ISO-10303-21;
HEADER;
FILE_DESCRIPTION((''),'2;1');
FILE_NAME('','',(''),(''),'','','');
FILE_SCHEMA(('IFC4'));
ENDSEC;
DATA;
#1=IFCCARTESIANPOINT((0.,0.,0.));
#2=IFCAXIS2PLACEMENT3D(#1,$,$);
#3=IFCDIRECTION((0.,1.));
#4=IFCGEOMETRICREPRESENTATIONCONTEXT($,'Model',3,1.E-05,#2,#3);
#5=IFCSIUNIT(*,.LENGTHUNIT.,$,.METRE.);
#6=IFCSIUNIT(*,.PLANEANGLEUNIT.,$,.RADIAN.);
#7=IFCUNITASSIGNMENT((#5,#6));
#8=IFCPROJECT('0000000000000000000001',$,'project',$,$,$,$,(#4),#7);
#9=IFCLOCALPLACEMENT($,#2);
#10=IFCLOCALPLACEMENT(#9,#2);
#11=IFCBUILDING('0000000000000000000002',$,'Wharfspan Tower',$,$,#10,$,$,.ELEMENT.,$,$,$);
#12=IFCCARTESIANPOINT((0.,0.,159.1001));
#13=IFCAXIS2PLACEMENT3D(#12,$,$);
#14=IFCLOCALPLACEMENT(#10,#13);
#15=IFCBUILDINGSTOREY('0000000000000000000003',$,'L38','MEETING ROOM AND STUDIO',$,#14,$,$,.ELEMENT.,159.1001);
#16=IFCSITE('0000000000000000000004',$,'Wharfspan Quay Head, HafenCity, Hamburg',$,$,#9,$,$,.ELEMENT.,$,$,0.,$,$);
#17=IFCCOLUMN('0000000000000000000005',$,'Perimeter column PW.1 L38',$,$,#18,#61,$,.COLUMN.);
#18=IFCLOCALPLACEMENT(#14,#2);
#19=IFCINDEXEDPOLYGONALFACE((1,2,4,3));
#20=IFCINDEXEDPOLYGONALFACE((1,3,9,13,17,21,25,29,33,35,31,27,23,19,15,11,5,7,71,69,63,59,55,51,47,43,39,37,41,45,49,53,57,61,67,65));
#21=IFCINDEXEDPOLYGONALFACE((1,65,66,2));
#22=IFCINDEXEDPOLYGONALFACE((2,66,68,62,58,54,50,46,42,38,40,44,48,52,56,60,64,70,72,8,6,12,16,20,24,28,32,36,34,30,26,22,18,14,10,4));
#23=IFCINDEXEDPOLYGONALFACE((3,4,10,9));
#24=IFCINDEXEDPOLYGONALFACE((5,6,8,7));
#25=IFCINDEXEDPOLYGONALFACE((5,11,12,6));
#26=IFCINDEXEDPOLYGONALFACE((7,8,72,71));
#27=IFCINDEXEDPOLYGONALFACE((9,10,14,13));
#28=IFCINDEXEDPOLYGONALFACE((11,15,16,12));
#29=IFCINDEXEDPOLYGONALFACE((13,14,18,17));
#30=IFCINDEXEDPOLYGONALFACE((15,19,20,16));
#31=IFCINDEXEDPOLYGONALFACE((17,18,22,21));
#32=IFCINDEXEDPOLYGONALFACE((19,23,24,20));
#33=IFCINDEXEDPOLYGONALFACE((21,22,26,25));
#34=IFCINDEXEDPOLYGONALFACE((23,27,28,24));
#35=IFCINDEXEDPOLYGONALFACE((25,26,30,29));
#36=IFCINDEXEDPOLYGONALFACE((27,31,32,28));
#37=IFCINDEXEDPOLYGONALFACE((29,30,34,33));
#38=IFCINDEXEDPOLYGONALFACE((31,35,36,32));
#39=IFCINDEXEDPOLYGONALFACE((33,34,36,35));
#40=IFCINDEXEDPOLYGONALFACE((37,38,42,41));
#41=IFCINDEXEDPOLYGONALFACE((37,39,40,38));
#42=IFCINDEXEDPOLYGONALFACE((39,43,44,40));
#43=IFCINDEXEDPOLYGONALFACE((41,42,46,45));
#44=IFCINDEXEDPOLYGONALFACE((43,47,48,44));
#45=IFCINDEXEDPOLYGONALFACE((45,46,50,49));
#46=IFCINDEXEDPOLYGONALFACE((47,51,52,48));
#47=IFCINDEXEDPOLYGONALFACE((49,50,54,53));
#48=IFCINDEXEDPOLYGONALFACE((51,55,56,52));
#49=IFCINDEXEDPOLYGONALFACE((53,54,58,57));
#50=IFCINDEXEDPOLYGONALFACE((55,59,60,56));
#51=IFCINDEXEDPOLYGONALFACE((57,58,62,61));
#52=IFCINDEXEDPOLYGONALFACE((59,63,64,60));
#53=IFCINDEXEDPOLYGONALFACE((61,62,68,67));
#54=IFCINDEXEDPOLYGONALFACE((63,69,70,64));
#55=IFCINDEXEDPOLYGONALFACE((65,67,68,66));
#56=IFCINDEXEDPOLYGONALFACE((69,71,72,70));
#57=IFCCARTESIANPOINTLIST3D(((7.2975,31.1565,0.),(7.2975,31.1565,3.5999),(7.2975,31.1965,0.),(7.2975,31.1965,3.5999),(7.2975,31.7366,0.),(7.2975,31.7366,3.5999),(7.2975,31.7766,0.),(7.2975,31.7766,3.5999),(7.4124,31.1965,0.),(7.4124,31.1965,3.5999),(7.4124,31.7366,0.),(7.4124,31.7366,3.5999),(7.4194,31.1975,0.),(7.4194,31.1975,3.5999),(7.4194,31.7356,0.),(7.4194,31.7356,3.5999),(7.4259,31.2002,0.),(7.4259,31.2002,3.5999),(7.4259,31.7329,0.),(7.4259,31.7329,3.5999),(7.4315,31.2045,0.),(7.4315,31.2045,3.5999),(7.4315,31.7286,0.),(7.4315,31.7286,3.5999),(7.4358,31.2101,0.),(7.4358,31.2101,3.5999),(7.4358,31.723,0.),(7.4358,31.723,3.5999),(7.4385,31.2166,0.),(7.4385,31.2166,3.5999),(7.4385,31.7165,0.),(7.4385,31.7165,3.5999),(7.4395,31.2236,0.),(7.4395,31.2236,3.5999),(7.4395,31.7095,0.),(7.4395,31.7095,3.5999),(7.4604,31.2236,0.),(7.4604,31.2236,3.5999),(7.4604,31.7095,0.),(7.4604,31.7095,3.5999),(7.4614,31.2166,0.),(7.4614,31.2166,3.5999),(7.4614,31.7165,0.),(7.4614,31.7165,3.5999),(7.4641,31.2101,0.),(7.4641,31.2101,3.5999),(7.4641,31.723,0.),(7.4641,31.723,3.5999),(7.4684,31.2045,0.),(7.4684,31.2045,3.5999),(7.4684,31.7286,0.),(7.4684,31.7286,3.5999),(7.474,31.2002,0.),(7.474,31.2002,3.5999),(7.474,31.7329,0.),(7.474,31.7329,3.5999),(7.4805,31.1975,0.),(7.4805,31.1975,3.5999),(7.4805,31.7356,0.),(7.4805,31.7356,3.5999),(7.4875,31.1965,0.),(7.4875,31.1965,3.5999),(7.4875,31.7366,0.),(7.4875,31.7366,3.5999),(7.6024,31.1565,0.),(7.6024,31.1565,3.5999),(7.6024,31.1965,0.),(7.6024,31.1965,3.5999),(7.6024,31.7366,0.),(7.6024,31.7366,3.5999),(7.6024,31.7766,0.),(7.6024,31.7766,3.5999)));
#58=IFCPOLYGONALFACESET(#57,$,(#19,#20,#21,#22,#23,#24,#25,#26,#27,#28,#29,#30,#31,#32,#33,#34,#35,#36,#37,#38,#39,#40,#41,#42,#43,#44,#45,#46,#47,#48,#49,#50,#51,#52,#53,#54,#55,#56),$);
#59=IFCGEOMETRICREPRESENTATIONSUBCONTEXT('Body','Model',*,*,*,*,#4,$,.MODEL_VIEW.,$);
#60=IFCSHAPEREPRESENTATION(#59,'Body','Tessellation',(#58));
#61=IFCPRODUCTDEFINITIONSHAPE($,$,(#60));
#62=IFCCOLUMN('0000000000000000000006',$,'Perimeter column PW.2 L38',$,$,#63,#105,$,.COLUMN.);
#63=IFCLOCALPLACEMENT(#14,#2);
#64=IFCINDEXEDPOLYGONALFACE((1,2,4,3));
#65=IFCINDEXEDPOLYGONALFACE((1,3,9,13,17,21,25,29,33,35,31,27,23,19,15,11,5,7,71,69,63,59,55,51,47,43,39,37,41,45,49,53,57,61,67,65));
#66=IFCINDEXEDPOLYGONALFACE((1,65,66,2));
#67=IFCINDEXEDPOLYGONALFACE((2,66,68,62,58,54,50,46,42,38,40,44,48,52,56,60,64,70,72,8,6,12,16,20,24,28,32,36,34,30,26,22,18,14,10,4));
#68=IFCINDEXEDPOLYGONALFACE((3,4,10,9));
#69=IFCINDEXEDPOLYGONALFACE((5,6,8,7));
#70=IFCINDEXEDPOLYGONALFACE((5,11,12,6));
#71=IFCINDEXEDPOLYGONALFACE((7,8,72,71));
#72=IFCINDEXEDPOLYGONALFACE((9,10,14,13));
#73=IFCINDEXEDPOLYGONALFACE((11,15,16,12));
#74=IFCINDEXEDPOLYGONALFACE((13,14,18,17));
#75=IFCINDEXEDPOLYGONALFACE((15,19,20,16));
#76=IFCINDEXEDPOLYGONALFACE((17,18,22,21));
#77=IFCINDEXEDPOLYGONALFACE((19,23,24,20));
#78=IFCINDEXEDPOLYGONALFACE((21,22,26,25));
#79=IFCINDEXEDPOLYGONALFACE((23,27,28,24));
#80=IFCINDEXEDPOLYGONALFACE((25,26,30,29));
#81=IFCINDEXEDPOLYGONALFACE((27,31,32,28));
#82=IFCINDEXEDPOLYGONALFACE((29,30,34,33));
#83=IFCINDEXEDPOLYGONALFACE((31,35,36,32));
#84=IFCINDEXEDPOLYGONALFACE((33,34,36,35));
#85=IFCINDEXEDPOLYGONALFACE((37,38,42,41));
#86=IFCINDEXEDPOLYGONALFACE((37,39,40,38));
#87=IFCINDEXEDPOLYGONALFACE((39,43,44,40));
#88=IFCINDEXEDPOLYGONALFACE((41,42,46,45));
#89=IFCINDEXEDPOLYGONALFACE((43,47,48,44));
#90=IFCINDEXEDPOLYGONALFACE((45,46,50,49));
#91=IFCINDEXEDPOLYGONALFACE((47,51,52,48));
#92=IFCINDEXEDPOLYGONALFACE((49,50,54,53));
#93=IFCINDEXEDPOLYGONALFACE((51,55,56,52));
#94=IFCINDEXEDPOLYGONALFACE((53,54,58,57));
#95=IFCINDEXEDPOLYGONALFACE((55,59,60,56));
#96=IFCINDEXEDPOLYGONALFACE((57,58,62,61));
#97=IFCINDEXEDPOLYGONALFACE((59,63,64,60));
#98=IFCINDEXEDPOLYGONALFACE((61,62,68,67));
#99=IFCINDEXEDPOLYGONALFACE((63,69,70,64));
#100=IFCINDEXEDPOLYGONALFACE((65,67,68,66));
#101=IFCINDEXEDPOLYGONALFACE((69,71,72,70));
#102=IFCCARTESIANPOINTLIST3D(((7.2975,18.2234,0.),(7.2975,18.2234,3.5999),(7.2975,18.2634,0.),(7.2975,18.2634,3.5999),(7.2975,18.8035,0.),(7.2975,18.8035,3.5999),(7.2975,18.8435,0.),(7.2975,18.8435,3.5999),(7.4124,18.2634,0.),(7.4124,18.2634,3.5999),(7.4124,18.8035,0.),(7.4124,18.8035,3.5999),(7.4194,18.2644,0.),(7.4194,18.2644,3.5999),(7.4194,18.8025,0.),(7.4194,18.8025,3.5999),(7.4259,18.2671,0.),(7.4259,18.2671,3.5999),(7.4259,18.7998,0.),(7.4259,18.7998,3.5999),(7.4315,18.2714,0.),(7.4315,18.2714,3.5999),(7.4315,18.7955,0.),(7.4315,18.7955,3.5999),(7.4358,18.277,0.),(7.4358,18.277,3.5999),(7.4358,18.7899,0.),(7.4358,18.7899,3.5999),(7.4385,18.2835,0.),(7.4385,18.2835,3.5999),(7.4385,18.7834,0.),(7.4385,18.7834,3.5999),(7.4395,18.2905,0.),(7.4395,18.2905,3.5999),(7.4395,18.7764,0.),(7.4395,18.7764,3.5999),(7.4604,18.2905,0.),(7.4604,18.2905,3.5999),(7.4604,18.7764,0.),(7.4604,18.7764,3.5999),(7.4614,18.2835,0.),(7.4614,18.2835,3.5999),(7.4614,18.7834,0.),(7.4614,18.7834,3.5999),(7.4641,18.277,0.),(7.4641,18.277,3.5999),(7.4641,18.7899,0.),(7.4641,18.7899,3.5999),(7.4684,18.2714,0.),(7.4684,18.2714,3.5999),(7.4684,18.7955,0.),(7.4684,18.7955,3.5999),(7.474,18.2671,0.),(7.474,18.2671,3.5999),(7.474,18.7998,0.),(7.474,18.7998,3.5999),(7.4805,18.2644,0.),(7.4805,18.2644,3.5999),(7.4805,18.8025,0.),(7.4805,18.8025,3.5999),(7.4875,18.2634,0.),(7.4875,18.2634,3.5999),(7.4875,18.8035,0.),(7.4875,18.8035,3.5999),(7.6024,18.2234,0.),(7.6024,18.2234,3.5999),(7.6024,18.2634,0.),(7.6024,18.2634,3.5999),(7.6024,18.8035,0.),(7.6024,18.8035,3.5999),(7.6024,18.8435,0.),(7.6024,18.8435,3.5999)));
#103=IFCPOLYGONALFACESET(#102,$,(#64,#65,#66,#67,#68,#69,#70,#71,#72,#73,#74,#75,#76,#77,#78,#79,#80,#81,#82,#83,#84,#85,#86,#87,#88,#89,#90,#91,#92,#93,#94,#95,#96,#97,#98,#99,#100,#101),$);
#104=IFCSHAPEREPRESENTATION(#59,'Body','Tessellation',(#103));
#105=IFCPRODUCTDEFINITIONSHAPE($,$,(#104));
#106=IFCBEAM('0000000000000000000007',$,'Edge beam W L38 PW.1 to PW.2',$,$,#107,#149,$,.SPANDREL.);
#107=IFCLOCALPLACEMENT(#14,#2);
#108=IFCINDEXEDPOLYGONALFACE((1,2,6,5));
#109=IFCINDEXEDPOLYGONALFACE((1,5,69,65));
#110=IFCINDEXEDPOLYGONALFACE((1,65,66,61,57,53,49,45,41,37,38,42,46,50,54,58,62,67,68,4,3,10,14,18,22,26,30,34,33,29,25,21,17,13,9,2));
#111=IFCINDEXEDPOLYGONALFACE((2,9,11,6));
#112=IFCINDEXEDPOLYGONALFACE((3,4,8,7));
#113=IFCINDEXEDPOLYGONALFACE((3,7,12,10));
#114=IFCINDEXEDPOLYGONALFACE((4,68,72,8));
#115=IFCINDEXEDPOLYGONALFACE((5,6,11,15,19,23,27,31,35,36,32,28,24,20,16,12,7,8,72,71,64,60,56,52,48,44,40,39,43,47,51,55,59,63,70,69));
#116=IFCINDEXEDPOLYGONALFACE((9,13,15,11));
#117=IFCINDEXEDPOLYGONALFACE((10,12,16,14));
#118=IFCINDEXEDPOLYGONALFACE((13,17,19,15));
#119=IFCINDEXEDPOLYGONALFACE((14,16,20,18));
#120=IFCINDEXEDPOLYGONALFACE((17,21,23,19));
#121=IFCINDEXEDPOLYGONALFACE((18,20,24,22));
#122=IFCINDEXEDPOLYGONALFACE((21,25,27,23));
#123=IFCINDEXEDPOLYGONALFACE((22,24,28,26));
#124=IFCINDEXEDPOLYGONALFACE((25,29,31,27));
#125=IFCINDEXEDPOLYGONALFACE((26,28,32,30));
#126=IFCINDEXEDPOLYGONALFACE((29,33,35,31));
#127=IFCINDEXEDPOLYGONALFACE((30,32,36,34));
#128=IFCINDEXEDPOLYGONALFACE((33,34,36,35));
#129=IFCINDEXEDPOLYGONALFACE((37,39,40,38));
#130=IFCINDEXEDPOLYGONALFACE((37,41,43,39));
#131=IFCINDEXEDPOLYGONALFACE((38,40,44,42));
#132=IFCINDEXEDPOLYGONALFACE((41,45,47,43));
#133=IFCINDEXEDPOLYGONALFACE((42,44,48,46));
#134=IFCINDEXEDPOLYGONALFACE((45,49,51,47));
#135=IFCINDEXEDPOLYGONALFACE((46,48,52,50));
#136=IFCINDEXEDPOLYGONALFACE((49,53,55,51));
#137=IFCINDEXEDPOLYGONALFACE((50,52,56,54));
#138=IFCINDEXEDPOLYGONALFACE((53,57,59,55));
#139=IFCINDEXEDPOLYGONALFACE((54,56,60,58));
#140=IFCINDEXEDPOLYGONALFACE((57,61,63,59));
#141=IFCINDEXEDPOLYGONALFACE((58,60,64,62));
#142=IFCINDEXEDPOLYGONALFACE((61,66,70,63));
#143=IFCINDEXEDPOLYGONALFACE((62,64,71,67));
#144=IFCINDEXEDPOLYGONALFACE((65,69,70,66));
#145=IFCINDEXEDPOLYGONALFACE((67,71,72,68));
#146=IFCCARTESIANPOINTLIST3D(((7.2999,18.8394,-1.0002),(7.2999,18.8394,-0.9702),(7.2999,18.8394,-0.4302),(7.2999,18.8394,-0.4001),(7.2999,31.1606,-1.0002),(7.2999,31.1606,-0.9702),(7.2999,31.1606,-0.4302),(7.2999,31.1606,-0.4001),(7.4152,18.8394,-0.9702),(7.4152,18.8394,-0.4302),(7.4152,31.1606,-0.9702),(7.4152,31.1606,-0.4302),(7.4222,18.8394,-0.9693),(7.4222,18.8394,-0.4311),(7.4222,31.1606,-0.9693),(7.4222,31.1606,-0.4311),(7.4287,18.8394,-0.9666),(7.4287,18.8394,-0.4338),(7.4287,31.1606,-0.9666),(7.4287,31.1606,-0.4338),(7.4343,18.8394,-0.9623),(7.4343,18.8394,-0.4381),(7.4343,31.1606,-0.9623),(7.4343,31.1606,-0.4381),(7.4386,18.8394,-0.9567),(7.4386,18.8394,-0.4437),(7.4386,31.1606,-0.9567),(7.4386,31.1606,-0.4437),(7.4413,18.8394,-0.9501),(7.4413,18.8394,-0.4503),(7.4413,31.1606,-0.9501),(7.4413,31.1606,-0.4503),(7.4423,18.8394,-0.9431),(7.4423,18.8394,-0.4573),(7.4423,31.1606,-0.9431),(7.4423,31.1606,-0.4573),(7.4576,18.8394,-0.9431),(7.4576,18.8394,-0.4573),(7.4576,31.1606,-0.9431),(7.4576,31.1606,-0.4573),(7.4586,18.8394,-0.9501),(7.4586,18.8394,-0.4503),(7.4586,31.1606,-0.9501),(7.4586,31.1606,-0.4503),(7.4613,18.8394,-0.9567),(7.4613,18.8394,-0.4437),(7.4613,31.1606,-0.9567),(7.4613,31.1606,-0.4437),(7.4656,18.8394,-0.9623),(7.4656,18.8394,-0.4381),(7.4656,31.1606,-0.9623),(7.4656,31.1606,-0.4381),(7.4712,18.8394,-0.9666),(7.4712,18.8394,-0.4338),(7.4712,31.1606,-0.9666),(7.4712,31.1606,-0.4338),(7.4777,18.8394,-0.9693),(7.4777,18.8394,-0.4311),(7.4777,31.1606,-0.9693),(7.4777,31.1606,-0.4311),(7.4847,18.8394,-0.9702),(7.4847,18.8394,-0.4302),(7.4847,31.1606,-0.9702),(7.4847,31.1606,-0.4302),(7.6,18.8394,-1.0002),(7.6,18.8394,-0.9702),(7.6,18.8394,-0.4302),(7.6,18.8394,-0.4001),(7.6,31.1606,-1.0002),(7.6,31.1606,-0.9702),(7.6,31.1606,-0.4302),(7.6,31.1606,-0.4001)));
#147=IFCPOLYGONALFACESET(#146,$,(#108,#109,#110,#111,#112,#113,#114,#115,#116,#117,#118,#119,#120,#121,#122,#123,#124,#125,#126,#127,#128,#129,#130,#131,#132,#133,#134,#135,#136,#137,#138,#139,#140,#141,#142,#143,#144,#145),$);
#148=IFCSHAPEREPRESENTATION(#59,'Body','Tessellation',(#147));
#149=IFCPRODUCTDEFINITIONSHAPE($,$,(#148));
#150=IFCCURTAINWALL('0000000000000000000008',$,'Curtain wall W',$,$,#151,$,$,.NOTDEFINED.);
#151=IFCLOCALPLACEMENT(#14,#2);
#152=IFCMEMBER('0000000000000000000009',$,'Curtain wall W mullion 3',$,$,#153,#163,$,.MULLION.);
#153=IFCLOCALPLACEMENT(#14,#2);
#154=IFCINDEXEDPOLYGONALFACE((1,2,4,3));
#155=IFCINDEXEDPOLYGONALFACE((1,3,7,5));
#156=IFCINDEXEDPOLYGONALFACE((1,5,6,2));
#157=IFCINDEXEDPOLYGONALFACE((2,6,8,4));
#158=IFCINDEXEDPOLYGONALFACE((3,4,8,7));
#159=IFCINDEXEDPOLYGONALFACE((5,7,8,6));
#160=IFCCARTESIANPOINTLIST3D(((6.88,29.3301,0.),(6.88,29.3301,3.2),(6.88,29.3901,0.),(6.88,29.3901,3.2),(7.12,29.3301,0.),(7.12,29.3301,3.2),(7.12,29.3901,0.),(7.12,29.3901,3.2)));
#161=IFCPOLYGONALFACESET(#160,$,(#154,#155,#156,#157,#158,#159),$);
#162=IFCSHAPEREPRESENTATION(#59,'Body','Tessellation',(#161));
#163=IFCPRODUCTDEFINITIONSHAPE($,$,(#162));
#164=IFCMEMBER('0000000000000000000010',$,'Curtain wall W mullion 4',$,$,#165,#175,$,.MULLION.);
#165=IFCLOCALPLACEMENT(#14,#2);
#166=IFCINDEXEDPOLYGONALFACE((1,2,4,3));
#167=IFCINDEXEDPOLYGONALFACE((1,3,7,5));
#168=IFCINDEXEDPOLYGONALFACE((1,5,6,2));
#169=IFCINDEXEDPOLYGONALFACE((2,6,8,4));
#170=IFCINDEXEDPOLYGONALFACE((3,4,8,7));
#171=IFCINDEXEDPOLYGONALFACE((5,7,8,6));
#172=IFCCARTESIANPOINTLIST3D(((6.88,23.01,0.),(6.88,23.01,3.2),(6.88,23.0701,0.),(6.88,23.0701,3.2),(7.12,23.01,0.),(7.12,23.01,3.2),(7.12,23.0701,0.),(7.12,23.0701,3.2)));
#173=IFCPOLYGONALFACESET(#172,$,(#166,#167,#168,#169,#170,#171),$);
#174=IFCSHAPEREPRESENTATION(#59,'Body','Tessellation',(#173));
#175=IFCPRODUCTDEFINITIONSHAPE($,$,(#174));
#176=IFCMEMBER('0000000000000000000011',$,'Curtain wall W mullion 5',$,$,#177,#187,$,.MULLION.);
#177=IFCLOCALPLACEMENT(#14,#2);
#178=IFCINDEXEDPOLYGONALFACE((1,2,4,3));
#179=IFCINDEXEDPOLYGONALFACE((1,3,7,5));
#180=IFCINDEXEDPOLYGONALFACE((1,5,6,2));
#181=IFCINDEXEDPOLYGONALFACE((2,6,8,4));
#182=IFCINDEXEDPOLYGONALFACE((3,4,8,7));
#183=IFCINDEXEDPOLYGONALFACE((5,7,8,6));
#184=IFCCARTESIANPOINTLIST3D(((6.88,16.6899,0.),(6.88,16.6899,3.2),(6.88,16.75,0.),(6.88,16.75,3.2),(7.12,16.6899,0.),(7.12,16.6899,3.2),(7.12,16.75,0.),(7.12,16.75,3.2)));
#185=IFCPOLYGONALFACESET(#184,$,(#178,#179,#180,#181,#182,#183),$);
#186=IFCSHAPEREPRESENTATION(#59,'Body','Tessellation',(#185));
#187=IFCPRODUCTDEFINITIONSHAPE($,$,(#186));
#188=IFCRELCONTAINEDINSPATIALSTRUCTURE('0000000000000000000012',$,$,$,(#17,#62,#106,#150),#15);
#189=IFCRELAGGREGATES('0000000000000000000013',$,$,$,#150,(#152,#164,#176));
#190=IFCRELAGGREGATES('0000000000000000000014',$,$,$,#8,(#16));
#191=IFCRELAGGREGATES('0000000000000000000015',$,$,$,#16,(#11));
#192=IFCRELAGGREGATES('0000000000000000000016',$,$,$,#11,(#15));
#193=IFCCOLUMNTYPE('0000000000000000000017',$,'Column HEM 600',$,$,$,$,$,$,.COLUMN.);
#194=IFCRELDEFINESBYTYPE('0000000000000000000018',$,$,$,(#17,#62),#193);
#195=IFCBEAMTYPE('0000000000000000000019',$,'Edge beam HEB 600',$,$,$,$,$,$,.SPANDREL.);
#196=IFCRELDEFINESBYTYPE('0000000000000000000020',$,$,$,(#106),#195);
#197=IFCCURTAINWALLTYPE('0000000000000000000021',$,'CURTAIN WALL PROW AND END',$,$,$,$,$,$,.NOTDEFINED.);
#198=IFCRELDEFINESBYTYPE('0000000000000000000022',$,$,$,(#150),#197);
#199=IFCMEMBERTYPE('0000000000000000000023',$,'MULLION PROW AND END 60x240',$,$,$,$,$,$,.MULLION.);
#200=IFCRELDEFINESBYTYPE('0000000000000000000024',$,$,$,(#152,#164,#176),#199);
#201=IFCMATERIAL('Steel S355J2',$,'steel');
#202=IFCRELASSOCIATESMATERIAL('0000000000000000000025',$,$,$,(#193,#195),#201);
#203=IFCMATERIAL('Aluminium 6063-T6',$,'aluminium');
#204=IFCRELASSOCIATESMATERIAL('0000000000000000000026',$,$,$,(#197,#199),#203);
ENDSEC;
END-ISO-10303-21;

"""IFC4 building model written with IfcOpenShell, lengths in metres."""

from ifc_helpers import new_model, si_unit, direction, frame, origin, origin_2d, place, context, subcontext, project, spatial, rectangle, i_section, extrude, material, material_profile, profile_set, type_object, element, aggregate, save


model = new_model("IFC4")

# Units and contexts
model_context = context("Model", 3, precision=1e-05, world=origin(), true_north=direction((0.0, 1.0)))
body_context = subcontext(model_context, "Body", "Model", "MODEL_VIEW")
ifc_project = project(units=[si_unit("LENGTHUNIT", "METRE"), si_unit("PLANEANGLEUNIT", "RADIAN")], contexts=[model_context])

# Site, building, storey
site_placement = place(None, origin())
site = spatial("IfcSite", under=ifc_project, at=site_placement, Name="Wharfspan Quay Head, HafenCity, Hamburg", CompositionType="ELEMENT", RefElevation=0.0)
building_placement = place(site_placement, origin())
building = spatial("IfcBuilding", under=site, at=building_placement, Name="Wharfspan Tower", CompositionType="ELEMENT")
storey_placement = place(building_placement, frame((0.0, 0.0, 159.1001)))
storey = spatial("IfcBuildingStorey", under=building, at=storey_placement, Name="L38", Description="MEETING ROOM AND STUDIO", CompositionType="ELEMENT", Elevation=159.1001)

# Columns
ifc_material_1 = material(Name="Steel S355J2", Category="steel")
ifc_material_profile_1 = material_profile(ifc_material_1, i_section(OverallWidth=0.3049, OverallDepth=0.6201, WebThickness=0.021, FlangeThickness=0.04, FilletRadius=0.0271, at=origin_2d()))
ifc_profile_set_1 = profile_set([ifc_material_profile_1], Name="Steel S355J2")
column_type = type_object("IfcColumnType", Name="Column HEM 600", PredefinedType="COLUMN", material=ifc_profile_set_1)
for number, where, z_axis, x_axis, name in (
    (1, (7.45, 31.4666, 0.0), (0.0, 0.0, 1.0), (-1.0, 0.0, 0.0), "Perimeter column PW.1 L38"),
    (2, (7.45, 18.5334, 0.0), (0.0, 0.0, 1.0), (-1.0, 0.0, 0.0), "Perimeter column PW.2 L38"),
):
    element("IfcColumn", number, at=place(storey_placement, frame(where, z_axis=z_axis, x_axis=x_axis)), inside=storey, type_object=column_type, Name=name, PredefinedType="COLUMN", context=body_context, shape_type="SweptSolid", body=[
        extrude(i_section(OverallWidth=0.3049, OverallDepth=0.6201, WebThickness=0.021, FlangeThickness=0.04, FilletRadius=0.0271, at=origin_2d()), origin(), (0.0, 0.0, 1.0), 3.5999),
    ])

# Beam
ifc_material_profile_2 = material_profile(ifc_material_1, i_section(OverallWidth=0.3, OverallDepth=0.6001, WebThickness=0.0154, FlangeThickness=0.03, FilletRadius=0.0271, at=origin_2d()))
ifc_profile_set_2 = profile_set([ifc_material_profile_2], Name="Steel S355J2")
beam_type = type_object("IfcBeamType", Name="Edge beam HEB 600", PredefinedType="SPANDREL", material=ifc_profile_set_2)
beam_placement = place(storey_placement, frame((7.45, 31.1606, -0.7002), z_axis=(0.0, -1.0, 0.0), x_axis=(1.0, 0.0, 0.0)))
element("IfcBeam", 3, at=beam_placement, inside=storey, type_object=beam_type, Name="Edge beam W L38 PW.1 to PW.2", PredefinedType="SPANDREL", context=body_context, shape_type="SweptSolid", body=[
    extrude(i_section(OverallWidth=0.3, OverallDepth=0.6001, WebThickness=0.0154, FlangeThickness=0.03, FilletRadius=0.0271, at=origin_2d()), origin(), (0.0, 0.0, 1.0), 12.3213),
])

# Curtain wall, members
ifc_material_2 = material(Name="Aluminium 6063-T6", Category="aluminium")
curtain_wall_type = type_object("IfcCurtainWallType", Name="CURTAIN WALL PROW AND END", PredefinedType="NOTDEFINED", material=ifc_material_2)
curtain_wall_placement = place(storey_placement, origin())
curtain_wall = element("IfcCurtainWall", 4, at=curtain_wall_placement, inside=storey, type_object=curtain_wall_type, Name="Curtain wall W", PredefinedType="NOTDEFINED")
ifc_material_profile_3 = material_profile(ifc_material_2, rectangle(XDim=0.24, YDim=0.0601, at=origin_2d()))
ifc_profile_set_3 = profile_set([ifc_material_profile_3], Name="Aluminium 6063-T6")
member_type_1 = type_object("IfcMemberType", Name="MULLION PROW AND END 60x240", PredefinedType="MULLION", material=ifc_profile_set_3)
member_1_placement = place(storey_placement, frame((7.0, 29.3601, 0.0), z_axis=(0.0, 0.0, 1.0), x_axis=(1.0, 0.0, 0.0)))
member_1 = element("IfcMember", 5, at=member_1_placement, type_object=member_type_1, Name="Curtain wall W mullion 3", PredefinedType="MULLION", context=body_context, shape_type="SweptSolid", body=[
    extrude(rectangle(XDim=0.24, YDim=0.0601, at=origin_2d()), origin(), (0.0, 0.0, 1.0), 3.2),
])
member_2_placement = place(storey_placement, frame((7.0, 23.04, 0.0), z_axis=(0.0, 0.0, 1.0), x_axis=(1.0, 0.0, 0.0)))
member_2 = element("IfcMember", 6, at=member_2_placement, type_object=member_type_1, Name="Curtain wall W mullion 4", PredefinedType="MULLION", context=body_context, shape_type="SweptSolid", body=[
    extrude(rectangle(XDim=0.24, YDim=0.0601, at=origin_2d()), origin(), (0.0, 0.0, 1.0), 3.2),
])
member_3_placement = place(storey_placement, frame((7.0, 16.72, 0.0), z_axis=(0.0, 0.0, 1.0), x_axis=(1.0, 0.0, 0.0)))
member_3 = element("IfcMember", 7, at=member_3_placement, type_object=member_type_1, Name="Curtain wall W mullion 5", PredefinedType="MULLION", context=body_context, shape_type="SweptSolid", body=[
    extrude(rectangle(XDim=0.24, YDim=0.0601, at=origin_2d()), origin(), (0.0, 0.0, 1.0), 3.2),
])

aggregate(curtain_wall, [member_1, member_2, member_3])

save(model, "model.ifc")
